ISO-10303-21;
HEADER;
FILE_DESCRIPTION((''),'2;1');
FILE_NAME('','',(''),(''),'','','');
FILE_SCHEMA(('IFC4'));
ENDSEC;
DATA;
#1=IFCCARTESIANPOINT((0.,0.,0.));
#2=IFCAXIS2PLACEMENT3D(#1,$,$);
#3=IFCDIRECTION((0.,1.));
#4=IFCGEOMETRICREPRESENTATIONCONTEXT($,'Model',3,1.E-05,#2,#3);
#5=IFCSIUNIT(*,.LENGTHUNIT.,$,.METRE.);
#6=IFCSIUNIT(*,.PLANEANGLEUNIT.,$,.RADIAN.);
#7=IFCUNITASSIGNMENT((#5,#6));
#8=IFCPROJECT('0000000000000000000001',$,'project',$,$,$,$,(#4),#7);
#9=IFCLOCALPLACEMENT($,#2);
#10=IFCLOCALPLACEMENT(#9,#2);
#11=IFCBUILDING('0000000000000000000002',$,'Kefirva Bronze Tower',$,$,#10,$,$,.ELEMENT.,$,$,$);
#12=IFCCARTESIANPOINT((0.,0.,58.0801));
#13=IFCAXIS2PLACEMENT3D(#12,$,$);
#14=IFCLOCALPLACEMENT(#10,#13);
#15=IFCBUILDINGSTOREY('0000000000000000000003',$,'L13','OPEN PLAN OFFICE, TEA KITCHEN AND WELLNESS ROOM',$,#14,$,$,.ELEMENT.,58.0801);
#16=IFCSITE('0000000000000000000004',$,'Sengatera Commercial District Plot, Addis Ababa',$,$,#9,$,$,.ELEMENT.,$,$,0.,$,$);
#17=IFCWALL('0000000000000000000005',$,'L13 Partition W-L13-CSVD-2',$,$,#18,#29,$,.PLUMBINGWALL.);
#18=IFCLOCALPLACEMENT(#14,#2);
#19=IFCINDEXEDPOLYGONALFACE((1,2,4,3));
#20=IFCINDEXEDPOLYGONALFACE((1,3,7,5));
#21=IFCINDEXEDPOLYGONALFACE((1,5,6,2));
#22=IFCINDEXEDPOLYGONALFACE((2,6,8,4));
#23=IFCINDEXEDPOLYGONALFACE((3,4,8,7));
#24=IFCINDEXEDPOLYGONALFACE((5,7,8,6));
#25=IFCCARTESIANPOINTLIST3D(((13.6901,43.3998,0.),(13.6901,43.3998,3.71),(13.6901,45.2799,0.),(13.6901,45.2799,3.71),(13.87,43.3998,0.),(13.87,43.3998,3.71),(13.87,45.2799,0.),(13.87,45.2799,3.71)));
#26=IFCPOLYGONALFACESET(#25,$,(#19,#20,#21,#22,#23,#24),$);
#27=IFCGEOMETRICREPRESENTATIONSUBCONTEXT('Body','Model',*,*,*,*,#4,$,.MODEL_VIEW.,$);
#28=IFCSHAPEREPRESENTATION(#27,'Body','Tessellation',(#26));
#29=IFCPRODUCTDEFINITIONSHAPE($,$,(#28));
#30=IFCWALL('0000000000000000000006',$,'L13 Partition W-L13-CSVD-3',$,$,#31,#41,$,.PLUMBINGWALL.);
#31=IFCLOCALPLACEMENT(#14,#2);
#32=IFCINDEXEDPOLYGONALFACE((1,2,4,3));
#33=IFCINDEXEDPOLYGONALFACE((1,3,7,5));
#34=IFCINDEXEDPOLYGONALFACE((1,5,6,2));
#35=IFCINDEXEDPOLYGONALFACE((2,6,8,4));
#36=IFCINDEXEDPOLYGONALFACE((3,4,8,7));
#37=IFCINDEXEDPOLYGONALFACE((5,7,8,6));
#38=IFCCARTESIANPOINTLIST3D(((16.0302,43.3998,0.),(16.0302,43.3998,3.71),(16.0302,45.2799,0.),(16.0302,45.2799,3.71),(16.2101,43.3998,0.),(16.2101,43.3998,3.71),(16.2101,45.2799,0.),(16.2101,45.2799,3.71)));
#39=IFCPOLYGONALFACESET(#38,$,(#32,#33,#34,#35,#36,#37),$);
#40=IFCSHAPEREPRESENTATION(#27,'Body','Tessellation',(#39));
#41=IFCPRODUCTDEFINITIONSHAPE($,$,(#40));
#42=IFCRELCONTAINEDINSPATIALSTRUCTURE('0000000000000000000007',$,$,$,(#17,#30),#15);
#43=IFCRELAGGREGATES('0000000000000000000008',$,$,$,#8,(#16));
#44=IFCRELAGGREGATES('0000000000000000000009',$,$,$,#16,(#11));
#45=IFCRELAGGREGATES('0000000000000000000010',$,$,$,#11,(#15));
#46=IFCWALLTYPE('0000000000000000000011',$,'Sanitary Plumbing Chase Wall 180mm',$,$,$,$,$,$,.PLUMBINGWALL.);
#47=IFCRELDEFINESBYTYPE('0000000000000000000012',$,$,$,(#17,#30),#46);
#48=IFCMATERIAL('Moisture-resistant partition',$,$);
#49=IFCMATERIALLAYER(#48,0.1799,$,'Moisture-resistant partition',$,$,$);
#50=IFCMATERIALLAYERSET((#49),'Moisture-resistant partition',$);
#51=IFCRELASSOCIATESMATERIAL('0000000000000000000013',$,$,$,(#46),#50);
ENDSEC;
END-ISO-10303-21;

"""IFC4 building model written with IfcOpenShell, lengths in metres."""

from ifc_helpers import new_model, si_unit, direction, frame, frame_2d, origin, place, context, subcontext, project, spatial, rectangle, extrude, material, layer, layer_set, type_object, element, save


model = new_model("IFC4")

# Units and contexts
model_context = context("Model", 3, precision=1e-05, world=origin(), true_north=direction((0.0, 1.0)))
body_context = subcontext(model_context, "Body", "Model", "MODEL_VIEW")
ifc_project = project(units=[si_unit("LENGTHUNIT", "METRE"), si_unit("PLANEANGLEUNIT", "RADIAN")], contexts=[model_context])

# Site, building, storey
site_placement = place(None, origin())
site = spatial("IfcSite", under=ifc_project, at=site_placement, Name="Sengatera Commercial District Plot, Addis Ababa", CompositionType="ELEMENT", RefElevation=0.0)
building_placement = place(site_placement, origin())
building = spatial("IfcBuilding", under=site, at=building_placement, Name="Kefirva Bronze Tower", CompositionType="ELEMENT")
storey_placement = place(building_placement, frame((0.0, 0.0, 58.0801)))
storey = spatial("IfcBuildingStorey", under=building, at=storey_placement, Name="L13", Description="OPEN PLAN OFFICE, TEA KITCHEN AND WELLNESS ROOM", CompositionType="ELEMENT", Elevation=58.0801)

# Walls
ifc_material_1 = material(Name="Moisture-resistant partition")
ifc_layer_1 = layer(ifc_material_1, 0.1799, Name="Moisture-resistant partition")
ifc_layer_set_1 = layer_set([ifc_layer_1], Name="Moisture-resistant partition")
wall_type_1 = type_object("IfcWallType", Name="Sanitary Plumbing Chase Wall 180mm", PredefinedType="PLUMBINGWALL", material=ifc_layer_set_1)
for number, where, z_axis, x_axis, name in (
    (1, (13.78, 43.3999, 0.0), (0.0, 0.0, 1.0), (0.0, 1.0, 0.0), "L13 Partition W-L13-CSVD-2"),
    (2, (16.1201, 43.3999, 0.0), (0.0, 0.0, 1.0), (0.0, 1.0, 0.0), "L13 Partition W-L13-CSVD-3"),
):
    element("IfcWall", number, at=place(storey_placement, frame(where, z_axis=z_axis, x_axis=x_axis)), inside=storey, type_object=wall_type_1, Name=name, PredefinedType="PLUMBINGWALL", context=body_context, shape_type="SweptSolid", body=[
        extrude(rectangle(XDim=1.8801, YDim=0.1799, at=frame_2d((0.9399, 0.0))), origin(), (0.0, 0.0, 1.0), 3.71),
    ])

save(model, "model.ifc")
